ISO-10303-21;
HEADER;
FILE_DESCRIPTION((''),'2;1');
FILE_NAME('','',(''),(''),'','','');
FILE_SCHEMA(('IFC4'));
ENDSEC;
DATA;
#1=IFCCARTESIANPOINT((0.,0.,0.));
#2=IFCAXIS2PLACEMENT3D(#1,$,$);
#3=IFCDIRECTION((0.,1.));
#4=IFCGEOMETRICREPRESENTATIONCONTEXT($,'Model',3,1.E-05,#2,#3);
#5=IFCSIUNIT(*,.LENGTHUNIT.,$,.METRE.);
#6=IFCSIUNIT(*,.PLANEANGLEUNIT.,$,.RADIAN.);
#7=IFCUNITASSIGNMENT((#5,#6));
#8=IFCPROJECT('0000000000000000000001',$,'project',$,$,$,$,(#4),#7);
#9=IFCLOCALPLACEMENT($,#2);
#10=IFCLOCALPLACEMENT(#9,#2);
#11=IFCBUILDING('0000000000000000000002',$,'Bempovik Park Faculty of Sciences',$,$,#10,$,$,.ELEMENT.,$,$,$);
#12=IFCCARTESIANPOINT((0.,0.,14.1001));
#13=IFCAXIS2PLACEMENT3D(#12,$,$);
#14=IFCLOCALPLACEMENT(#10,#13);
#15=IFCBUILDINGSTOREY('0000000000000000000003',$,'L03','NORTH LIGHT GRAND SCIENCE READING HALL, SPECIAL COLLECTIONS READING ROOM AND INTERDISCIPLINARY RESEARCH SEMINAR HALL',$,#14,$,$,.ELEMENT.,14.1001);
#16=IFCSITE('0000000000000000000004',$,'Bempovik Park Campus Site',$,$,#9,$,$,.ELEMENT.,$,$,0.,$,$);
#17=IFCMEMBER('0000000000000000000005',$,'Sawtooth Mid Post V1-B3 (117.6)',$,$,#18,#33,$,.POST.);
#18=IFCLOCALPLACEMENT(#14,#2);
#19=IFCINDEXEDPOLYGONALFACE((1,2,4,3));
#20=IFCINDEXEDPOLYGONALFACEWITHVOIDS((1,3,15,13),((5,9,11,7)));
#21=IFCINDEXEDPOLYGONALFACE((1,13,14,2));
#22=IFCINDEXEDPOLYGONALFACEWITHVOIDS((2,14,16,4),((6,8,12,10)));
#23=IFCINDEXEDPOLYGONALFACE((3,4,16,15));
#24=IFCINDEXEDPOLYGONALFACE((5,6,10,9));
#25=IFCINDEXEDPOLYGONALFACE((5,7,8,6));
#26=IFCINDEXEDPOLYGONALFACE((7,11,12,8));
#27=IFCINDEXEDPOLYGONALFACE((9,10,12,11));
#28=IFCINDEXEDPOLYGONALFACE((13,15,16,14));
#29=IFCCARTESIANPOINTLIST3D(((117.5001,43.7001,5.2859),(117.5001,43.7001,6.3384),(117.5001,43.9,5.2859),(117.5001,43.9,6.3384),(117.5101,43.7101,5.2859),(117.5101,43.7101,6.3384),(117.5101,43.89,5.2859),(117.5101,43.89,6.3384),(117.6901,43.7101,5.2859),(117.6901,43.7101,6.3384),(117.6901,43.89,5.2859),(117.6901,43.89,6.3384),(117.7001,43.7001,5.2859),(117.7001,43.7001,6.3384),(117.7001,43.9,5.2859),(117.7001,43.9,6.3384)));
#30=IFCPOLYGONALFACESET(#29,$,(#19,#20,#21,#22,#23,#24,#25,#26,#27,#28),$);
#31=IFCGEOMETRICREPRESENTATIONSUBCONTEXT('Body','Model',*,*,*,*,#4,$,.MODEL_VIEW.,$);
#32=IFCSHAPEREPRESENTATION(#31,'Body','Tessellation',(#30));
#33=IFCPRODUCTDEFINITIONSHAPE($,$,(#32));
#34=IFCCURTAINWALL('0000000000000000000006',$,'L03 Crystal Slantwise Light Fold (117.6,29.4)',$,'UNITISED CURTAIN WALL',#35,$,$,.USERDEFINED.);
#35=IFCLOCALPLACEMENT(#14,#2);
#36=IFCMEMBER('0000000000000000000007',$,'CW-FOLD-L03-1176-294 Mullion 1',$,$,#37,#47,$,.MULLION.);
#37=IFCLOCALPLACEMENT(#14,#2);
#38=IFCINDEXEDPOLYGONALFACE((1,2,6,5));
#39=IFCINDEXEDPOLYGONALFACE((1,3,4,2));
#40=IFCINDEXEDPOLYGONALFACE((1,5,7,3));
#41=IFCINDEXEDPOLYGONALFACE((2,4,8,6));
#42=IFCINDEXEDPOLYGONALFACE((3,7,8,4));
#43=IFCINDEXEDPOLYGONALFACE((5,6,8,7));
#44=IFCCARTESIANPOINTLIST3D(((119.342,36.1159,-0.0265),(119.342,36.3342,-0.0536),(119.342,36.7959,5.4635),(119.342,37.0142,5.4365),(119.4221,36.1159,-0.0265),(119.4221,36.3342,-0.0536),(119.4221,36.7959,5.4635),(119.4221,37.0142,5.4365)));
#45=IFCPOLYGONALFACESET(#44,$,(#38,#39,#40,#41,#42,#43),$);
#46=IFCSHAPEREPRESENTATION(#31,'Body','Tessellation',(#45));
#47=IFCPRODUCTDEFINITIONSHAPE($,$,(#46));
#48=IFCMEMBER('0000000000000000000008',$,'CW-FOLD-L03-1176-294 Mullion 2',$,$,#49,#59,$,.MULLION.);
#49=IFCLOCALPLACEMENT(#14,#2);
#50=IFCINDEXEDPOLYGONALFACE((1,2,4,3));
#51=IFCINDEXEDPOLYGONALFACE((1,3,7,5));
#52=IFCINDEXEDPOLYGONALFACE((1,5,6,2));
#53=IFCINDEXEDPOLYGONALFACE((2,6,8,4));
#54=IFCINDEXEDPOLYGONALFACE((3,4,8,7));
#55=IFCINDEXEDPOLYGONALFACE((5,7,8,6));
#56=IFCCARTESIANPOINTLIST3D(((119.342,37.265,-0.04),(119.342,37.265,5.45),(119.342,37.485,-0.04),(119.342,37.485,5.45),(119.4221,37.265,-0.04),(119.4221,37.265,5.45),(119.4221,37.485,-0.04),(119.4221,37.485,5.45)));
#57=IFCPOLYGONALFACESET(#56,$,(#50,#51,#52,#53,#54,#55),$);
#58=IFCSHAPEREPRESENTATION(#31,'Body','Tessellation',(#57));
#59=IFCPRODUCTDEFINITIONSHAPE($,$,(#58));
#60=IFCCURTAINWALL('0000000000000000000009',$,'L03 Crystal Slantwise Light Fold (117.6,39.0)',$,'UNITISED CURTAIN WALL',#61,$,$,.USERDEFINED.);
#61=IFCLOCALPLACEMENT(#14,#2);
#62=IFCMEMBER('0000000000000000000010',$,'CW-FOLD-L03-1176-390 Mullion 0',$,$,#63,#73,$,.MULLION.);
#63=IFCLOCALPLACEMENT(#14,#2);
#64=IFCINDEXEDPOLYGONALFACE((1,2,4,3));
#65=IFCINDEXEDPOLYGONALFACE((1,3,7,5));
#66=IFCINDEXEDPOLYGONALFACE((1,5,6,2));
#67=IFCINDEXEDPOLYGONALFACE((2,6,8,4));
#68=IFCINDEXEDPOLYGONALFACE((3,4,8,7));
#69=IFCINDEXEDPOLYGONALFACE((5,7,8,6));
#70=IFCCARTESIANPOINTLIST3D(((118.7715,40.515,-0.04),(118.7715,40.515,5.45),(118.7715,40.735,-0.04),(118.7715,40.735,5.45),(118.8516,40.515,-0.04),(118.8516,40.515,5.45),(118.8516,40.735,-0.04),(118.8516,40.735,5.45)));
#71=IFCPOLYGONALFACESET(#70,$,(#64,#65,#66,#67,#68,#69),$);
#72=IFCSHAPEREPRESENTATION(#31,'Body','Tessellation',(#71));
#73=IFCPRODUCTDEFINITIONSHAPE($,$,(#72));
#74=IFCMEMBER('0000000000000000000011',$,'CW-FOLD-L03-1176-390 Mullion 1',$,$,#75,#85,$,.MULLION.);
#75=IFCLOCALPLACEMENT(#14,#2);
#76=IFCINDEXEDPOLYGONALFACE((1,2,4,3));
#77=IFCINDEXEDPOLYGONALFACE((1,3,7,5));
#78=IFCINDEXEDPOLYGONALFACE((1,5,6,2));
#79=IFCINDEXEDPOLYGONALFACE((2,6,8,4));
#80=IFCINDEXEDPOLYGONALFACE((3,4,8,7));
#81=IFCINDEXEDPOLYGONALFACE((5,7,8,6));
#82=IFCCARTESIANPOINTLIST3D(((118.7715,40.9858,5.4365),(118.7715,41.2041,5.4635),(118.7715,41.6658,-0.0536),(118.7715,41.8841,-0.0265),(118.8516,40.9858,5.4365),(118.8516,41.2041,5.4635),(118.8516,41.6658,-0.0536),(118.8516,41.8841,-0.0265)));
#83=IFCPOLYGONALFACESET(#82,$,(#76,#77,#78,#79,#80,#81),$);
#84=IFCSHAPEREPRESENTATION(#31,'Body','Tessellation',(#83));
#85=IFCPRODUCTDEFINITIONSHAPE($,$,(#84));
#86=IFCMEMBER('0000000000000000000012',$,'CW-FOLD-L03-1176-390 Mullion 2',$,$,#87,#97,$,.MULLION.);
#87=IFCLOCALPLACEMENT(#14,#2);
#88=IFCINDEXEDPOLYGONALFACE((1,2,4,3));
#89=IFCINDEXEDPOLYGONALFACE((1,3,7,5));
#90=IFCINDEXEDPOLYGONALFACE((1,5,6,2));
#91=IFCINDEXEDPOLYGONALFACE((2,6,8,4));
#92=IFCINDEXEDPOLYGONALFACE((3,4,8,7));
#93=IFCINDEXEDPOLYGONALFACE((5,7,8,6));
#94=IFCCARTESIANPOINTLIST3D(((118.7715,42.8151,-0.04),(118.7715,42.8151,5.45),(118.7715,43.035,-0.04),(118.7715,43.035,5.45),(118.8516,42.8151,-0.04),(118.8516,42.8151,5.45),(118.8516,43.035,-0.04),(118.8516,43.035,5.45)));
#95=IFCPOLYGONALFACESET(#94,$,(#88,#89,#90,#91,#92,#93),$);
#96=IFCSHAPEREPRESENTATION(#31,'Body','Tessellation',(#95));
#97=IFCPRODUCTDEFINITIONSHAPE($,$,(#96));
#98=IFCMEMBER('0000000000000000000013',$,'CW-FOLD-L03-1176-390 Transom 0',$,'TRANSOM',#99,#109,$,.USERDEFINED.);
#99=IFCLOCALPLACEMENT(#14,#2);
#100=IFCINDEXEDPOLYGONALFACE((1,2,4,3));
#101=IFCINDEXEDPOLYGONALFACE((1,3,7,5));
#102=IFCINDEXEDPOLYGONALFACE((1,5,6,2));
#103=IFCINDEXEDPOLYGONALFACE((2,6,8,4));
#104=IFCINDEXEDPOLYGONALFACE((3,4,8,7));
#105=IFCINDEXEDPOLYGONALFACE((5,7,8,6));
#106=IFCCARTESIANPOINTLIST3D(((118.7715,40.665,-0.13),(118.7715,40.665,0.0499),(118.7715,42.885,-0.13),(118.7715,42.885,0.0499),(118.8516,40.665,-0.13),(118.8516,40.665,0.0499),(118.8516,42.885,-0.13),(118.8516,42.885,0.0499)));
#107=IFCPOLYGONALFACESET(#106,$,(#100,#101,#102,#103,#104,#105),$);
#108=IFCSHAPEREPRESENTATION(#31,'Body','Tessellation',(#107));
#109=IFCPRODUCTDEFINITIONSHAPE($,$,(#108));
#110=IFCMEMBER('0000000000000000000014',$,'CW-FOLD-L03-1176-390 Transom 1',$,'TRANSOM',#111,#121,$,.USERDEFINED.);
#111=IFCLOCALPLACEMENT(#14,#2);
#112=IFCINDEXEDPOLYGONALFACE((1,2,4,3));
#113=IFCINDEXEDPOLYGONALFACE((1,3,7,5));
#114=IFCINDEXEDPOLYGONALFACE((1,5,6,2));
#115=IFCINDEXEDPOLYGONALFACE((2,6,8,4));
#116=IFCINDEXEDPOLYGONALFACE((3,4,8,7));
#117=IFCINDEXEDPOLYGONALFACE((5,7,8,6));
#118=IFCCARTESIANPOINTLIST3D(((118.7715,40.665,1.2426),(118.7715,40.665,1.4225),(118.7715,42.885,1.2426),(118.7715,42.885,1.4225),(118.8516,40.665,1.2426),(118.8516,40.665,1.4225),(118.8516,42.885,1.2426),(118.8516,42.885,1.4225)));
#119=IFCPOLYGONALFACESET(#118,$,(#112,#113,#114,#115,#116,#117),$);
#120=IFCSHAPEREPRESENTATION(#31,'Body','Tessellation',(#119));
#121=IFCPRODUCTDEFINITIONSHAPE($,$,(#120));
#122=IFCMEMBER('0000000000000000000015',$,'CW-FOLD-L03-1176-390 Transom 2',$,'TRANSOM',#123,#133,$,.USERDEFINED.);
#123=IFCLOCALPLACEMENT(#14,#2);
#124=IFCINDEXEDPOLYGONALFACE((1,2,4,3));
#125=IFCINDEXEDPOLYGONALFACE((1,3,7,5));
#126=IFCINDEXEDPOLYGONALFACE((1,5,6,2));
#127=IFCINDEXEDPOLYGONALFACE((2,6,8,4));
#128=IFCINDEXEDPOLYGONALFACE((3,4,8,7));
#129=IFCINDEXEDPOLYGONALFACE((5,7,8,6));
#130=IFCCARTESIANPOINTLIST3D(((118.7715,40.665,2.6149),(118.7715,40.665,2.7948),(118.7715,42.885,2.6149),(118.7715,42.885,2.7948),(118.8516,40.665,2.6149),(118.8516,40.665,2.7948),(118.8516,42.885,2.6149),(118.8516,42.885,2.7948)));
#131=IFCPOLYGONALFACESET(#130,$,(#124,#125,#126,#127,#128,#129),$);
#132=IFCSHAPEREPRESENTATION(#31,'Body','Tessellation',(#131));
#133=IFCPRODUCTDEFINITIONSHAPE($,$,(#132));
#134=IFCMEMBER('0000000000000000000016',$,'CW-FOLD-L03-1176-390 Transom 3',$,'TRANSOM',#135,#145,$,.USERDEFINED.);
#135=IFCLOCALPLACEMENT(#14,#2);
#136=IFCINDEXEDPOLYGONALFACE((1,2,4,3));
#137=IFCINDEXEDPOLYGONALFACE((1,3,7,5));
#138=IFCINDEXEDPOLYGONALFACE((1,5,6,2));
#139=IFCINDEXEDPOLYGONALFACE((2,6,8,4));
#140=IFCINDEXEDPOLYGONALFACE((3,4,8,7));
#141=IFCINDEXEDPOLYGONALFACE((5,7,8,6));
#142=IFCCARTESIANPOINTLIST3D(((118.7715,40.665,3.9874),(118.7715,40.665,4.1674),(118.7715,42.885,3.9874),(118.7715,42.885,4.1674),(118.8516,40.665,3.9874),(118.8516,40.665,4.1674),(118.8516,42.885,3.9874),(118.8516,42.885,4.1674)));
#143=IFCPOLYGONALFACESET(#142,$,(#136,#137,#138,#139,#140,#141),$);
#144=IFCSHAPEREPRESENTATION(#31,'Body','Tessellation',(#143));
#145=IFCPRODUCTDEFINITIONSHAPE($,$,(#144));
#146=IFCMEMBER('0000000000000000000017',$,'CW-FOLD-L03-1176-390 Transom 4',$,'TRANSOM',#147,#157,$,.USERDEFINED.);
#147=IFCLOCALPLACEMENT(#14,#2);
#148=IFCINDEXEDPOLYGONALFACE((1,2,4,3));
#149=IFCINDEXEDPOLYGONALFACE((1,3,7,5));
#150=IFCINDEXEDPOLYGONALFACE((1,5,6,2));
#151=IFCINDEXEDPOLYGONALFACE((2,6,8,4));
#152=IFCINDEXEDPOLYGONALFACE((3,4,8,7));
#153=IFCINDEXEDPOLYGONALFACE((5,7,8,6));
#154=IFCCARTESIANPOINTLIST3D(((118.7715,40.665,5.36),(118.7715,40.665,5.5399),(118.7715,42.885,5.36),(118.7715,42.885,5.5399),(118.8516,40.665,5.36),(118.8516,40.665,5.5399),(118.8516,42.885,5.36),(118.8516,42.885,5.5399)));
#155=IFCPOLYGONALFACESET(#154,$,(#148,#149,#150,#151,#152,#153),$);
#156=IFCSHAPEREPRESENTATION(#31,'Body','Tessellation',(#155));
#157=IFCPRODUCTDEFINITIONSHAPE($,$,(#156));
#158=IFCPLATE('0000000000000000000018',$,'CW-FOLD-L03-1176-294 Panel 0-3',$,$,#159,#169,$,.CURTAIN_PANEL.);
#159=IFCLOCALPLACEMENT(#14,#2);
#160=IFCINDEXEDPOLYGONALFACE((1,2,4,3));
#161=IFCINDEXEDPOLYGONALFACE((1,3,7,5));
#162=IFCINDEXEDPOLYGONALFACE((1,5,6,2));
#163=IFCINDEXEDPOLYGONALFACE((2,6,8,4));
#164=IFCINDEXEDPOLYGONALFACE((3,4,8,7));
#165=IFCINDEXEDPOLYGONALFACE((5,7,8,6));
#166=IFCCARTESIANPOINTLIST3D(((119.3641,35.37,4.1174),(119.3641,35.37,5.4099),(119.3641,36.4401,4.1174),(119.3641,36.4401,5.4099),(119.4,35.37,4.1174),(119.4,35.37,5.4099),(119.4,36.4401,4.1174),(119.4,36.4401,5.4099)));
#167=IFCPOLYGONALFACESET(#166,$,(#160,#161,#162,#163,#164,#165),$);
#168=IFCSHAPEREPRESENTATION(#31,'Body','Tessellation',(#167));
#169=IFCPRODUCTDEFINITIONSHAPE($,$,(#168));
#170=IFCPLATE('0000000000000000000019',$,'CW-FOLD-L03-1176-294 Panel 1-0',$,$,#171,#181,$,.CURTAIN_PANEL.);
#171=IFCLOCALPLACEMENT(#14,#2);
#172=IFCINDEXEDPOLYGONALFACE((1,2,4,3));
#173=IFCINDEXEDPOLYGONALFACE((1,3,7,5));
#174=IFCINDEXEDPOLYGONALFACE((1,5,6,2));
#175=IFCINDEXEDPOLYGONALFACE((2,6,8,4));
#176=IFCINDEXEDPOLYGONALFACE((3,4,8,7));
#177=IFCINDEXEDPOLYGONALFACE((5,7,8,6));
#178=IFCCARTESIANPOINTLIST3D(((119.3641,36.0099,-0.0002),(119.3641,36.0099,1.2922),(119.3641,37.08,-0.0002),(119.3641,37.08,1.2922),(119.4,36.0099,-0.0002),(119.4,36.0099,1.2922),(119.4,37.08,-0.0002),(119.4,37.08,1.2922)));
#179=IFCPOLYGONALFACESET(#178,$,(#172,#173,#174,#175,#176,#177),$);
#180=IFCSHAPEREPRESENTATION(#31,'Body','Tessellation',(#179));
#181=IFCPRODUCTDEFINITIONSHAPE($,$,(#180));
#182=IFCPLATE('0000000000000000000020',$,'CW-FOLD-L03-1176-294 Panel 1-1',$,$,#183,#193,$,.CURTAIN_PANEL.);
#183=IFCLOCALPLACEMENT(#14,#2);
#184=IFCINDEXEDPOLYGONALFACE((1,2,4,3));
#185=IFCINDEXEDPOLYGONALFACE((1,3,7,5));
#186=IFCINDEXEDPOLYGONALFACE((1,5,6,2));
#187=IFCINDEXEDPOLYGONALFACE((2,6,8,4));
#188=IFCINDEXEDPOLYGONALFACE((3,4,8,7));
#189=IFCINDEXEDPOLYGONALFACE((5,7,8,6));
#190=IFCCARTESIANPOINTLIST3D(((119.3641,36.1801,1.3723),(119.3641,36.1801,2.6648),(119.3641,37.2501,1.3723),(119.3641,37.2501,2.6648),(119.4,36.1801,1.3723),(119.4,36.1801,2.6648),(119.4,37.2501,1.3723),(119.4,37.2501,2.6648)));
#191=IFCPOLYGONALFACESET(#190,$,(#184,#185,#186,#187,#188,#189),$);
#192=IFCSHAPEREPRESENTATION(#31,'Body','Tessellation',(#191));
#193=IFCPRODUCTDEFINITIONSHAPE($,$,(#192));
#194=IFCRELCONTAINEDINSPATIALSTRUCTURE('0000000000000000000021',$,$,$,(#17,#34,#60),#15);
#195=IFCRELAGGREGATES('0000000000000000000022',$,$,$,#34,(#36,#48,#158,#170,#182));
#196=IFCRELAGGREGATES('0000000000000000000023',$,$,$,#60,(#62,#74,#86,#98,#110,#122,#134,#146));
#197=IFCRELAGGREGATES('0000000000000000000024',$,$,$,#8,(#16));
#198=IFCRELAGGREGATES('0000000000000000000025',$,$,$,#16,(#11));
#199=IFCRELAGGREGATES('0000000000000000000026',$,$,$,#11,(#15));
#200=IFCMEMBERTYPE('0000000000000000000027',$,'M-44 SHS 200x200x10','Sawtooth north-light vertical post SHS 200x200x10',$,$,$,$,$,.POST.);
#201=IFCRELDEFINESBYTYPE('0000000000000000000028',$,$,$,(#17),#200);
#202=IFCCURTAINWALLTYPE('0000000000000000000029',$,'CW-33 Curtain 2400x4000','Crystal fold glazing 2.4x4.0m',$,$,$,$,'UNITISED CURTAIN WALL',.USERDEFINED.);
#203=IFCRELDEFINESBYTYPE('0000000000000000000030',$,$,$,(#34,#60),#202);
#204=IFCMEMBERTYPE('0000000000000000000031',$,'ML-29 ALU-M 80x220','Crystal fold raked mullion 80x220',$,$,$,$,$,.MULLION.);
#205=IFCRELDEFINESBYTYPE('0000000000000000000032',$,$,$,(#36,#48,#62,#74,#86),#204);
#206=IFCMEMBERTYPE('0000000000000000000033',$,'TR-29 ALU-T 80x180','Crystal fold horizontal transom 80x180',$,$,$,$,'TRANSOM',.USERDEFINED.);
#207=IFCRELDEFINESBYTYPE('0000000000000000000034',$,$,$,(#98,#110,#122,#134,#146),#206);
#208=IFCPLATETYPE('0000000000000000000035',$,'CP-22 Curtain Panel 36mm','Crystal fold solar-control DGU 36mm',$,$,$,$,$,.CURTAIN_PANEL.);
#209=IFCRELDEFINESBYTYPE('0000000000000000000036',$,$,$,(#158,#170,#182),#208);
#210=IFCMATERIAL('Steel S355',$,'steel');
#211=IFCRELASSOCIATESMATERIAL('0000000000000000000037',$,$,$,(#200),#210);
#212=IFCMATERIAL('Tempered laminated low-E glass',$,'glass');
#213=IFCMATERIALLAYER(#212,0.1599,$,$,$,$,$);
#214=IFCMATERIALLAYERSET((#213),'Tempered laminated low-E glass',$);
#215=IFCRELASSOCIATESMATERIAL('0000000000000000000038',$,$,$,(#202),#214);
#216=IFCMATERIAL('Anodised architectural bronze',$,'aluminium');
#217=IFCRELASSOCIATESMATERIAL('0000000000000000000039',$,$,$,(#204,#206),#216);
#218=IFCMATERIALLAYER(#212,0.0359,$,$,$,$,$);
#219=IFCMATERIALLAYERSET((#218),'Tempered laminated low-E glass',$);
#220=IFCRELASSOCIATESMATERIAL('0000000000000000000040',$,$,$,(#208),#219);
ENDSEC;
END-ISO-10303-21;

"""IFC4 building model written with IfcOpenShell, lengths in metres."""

from ifc_helpers import new_model, si_unit, direction, frame, origin, origin_2d, place, context, subcontext, project, spatial, rectangle, hollow_rectangle, extrude, material, layer, layer_set, material_profile, profile_set, type_object, element, aggregate, save


model = new_model("IFC4")

# Units and contexts
model_context = context("Model", 3, precision=1e-05, world=origin(), true_north=direction((0.0, 1.0)))
body_context = subcontext(model_context, "Body", "Model", "MODEL_VIEW")
ifc_project = project(units=[si_unit("LENGTHUNIT", "METRE"), si_unit("PLANEANGLEUNIT", "RADIAN")], contexts=[model_context])

# Site, building, storey
site_placement = place(None, origin())
site = spatial("IfcSite", under=ifc_project, at=site_placement, Name="Bempovik Park Campus Site", CompositionType="ELEMENT", RefElevation=0.0)
building_placement = place(site_placement, origin())
building = spatial("IfcBuilding", under=site, at=building_placement, Name="Bempovik Park Faculty of Sciences", CompositionType="ELEMENT")
storey_placement = place(building_placement, frame((0.0, 0.0, 14.1001)))
storey = spatial("IfcBuildingStorey", under=building, at=storey_placement, Name="L03", Description="NORTH LIGHT GRAND SCIENCE READING HALL, SPECIAL COLLECTIONS READING ROOM AND INTERDISCIPLINARY RESEARCH SEMINAR HALL", CompositionType="ELEMENT", Elevation=14.1001)

# Member
ifc_material_1 = material(Name="Steel S355", Category="steel")
ifc_material_profile_1 = material_profile(ifc_material_1, hollow_rectangle(XDim=0.2, YDim=0.2, WallThickness=0.01, at=origin_2d()), Name="SHS 200x200x10")
ifc_profile_set_1 = profile_set([ifc_material_profile_1], Name="Steel S355")
member_type_1 = type_object("IfcMemberType", Name="M-44 SHS 200x200x10", Description="Sawtooth north-light vertical post SHS 200x200x10", PredefinedType="POST", material=ifc_profile_set_1)
member_1_placement = place(storey_placement, frame((117.6001, 43.8, 5.2859), z_axis=(0.0, 0.0, 1.0), x_axis=(1.0, 0.0, 0.0)))
element("IfcMember", 1, at=member_1_placement, inside=storey, type_object=member_type_1, Name="Sawtooth Mid Post V1-B3 (117.6)", PredefinedType="POST", context=body_context, shape_type="SweptSolid", body=[
    extrude(hollow_rectangle(XDim=0.2, YDim=0.2, WallThickness=0.01, at=origin_2d()), origin(), (0.0, 0.0, 1.0), 1.0525),
])

# Curtain walls, members
ifc_material_2 = material(Name="Tempered laminated low-E glass", Category="glass")
ifc_layer_1 = layer(ifc_material_2, 0.1599)
ifc_layer_set_1 = layer_set([ifc_layer_1], Name="Tempered laminated low-E glass")
curtain_wall_type = type_object("IfcCurtainWallType", Name="CW-33 Curtain 2400x4000", Description="Crystal fold glazing 2.4x4.0m", ElementType="UNITISED CURTAIN WALL", PredefinedType="USERDEFINED", material=ifc_layer_set_1)
curtain_wall_1_placement = place(storey_placement, origin())
curtain_wall_1 = element("IfcCurtainWall", 2, at=curtain_wall_1_placement, inside=storey, type_object=curtain_wall_type, Name="L03 Crystal Slantwise Light Fold (117.6,29.4)", ObjectType="UNITISED CURTAIN WALL", PredefinedType="USERDEFINED")
ifc_material_3 = material(Name="Anodised architectural bronze", Category="aluminium")
ifc_material_profile_2 = material_profile(ifc_material_3, rectangle(XDim=0.0801, YDim=0.22, at=origin_2d()), Name="ALU-M 80x220")
ifc_profile_set_2 = profile_set([ifc_material_profile_2], Name="Anodised architectural bronze")
member_type_2 = type_object("IfcMemberType", Name="ML-29 ALU-M 80x220", Description="Crystal fold raked mullion 80x220", PredefinedType="MULLION", material=ifc_profile_set_2)
member_2_placement = place(storey_placement, frame((119.3821, 36.2251, -0.04), z_axis=(0.0, 0.12291, 0.992418), x_axis=(-1.0, 0.0, 0.0)))
member_2 = element("IfcMember", 3, at=member_2_placement, type_object=member_type_2, Name="CW-FOLD-L03-1176-294 Mullion 1", PredefinedType="MULLION", context=body_context, shape_type="SweptSolid", body=[
    extrude(rectangle(XDim=0.0801, YDim=0.22, at=origin_2d()), origin(), (0.0, 0.0, 1.0), 5.532),
])
member_3_placement = place(storey_placement, frame((119.3821, 37.375, -0.04), z_axis=(0.0, 0.0, 1.0), x_axis=(1.0, 0.0, 0.0)))
member_3 = element("IfcMember", 4, at=member_3_placement, type_object=member_type_2, Name="CW-FOLD-L03-1176-294 Mullion 2", PredefinedType="MULLION", context=body_context, shape_type="SweptSolid", body=[
    extrude(rectangle(XDim=0.0801, YDim=0.22, at=origin_2d()), origin(), (0.0, 0.0, 1.0), 5.49),
])
curtain_wall_2_placement = place(storey_placement, origin())
curtain_wall_2 = element("IfcCurtainWall", 5, at=curtain_wall_2_placement, inside=storey, type_object=curtain_wall_type, Name="L03 Crystal Slantwise Light Fold (117.6,39.0)", ObjectType="UNITISED CURTAIN WALL", PredefinedType="USERDEFINED")
member_4_placement = place(storey_placement, frame((118.8115, 40.625, -0.04), z_axis=(0.0, 0.0, 1.0), x_axis=(1.0, 0.0, 0.0)))
member_4 = element("IfcMember", 6, at=member_4_placement, type_object=member_type_2, Name="CW-FOLD-L03-1176-390 Mullion 0", PredefinedType="MULLION", context=body_context, shape_type="SweptSolid", body=[
    extrude(rectangle(XDim=0.0801, YDim=0.22, at=origin_2d()), origin(), (0.0, 0.0, 1.0), 5.49),
])
member_5_placement = place(storey_placement, frame((118.8115, 41.7749, -0.04), z_axis=(0.0, -0.12291, 0.992418), x_axis=(1.0, 0.0, 0.0)))
member_5 = element("IfcMember", 7, at=member_5_placement, type_object=member_type_2, Name="CW-FOLD-L03-1176-390 Mullion 1", PredefinedType="MULLION", context=body_context, shape_type="SweptSolid", body=[
    extrude(rectangle(XDim=0.0801, YDim=0.22, at=origin_2d()), origin(), (0.0, 0.0, 1.0), 5.532),
])
member_6_placement = place(storey_placement, frame((118.8115, 42.925, -0.04), z_axis=(0.0, 0.0, 1.0), x_axis=(1.0, 0.0, 0.0)))
member_6 = element("IfcMember", 8, at=member_6_placement, type_object=member_type_2, Name="CW-FOLD-L03-1176-390 Mullion 2", PredefinedType="MULLION", context=body_context, shape_type="SweptSolid", body=[
    extrude(rectangle(XDim=0.0801, YDim=0.22, at=origin_2d()), origin(), (0.0, 0.0, 1.0), 5.49),
])
ifc_material_profile_3 = material_profile(ifc_material_3, rectangle(XDim=0.0801, YDim=0.1799, at=origin_2d()), Name="ALU-T 80x180")
ifc_profile_set_3 = profile_set([ifc_material_profile_3], Name="Anodised architectural bronze")
member_type_3 = type_object("IfcMemberType", Name="TR-29 ALU-T 80x180", Description="Crystal fold horizontal transom 80x180", ElementType="TRANSOM", PredefinedType="USERDEFINED", material=ifc_profile_set_3)
member_7_placement = place(storey_placement, frame((118.8115, 40.665, -0.04), z_axis=(0.0, 1.0, 0.0), x_axis=(-1.0, 0.0, 0.0)))
member_7 = element("IfcMember", 9, at=member_7_placement, type_object=member_type_3, Name="CW-FOLD-L03-1176-390 Transom 0", ObjectType="TRANSOM", PredefinedType="USERDEFINED", context=body_context, shape_type="SweptSolid", body=[
    extrude(rectangle(XDim=0.0801, YDim=0.1799, at=origin_2d()), origin(), (0.0, 0.0, 1.0), 2.22),
])
member_8_placement = place(storey_placement, frame((118.8115, 40.665, 1.3325), z_axis=(0.0, 1.0, 0.0), x_axis=(-1.0, 0.0, 0.0)))
member_8 = element("IfcMember", 10, at=member_8_placement, type_object=member_type_3, Name="CW-FOLD-L03-1176-390 Transom 1", ObjectType="TRANSOM", PredefinedType="USERDEFINED", context=body_context, shape_type="SweptSolid", body=[
    extrude(rectangle(XDim=0.0801, YDim=0.1799, at=origin_2d()), origin(), (0.0, 0.0, 1.0), 2.22),
])
member_9_placement = place(storey_placement, frame((118.8115, 40.665, 2.7048), z_axis=(0.0, 1.0, 0.0), x_axis=(-1.0, 0.0, 0.0)))
member_9 = element("IfcMember", 11, at=member_9_placement, type_object=member_type_3, Name="CW-FOLD-L03-1176-390 Transom 2", ObjectType="TRANSOM", PredefinedType="USERDEFINED", context=body_context, shape_type="SweptSolid", body=[
    extrude(rectangle(XDim=0.0801, YDim=0.1799, at=origin_2d()), origin(), (0.0, 0.0, 1.0), 2.22),
])
member_10_placement = place(storey_placement, frame((118.8115, 40.665, 4.0774), z_axis=(0.0, 1.0, 0.0), x_axis=(-1.0, 0.0, 0.0)))
member_10 = element("IfcMember", 12, at=member_10_placement, type_object=member_type_3, Name="CW-FOLD-L03-1176-390 Transom 3", ObjectType="TRANSOM", PredefinedType="USERDEFINED", context=body_context, shape_type="SweptSolid", body=[
    extrude(rectangle(XDim=0.0801, YDim=0.1799, at=origin_2d()), origin(), (0.0, 0.0, 1.0), 2.22),
])
member_11_placement = place(storey_placement, frame((118.8115, 40.665, 5.45), z_axis=(0.0, 1.0, 0.0), x_axis=(-1.0, 0.0, 0.0)))
member_11 = element("IfcMember", 13, at=member_11_placement, type_object=member_type_3, Name="CW-FOLD-L03-1176-390 Transom 4", ObjectType="TRANSOM", PredefinedType="USERDEFINED", context=body_context, shape_type="SweptSolid", body=[
    extrude(rectangle(XDim=0.0801, YDim=0.1799, at=origin_2d()), origin(), (0.0, 0.0, 1.0), 2.22),
])

# Plates
ifc_layer_2 = layer(ifc_material_2, 0.0359)
ifc_layer_set_2 = layer_set([ifc_layer_2], Name="Tempered laminated low-E glass")
plate_type_1 = type_object("IfcPlateType", Name="CP-22 Curtain Panel 36mm", Description="Crystal fold solar-control DGU 36mm", PredefinedType="CURTAIN_PANEL", material=ifc_layer_set_2)
plate_1_placement = place(storey_placement, frame((119.3821, 35.905, 4.1174), z_axis=(0.0, 0.0, 1.0), x_axis=(0.0, 1.0, 0.0)))
plate_1 = element("IfcPlate", 14, at=plate_1_placement, type_object=plate_type_1, Name="CW-FOLD-L03-1176-294 Panel 0-3", PredefinedType="CURTAIN_PANEL", context=body_context, shape_type="SweptSolid", body=[
    extrude(rectangle(XDim=1.0701, YDim=0.0359, at=origin_2d()), origin(), (0.0, 0.0, 1.0), 1.2925),
])
plate_2_placement = place(storey_placement, frame((119.3821, 36.5449, -0.0002), z_axis=(0.0, 0.0, 1.0), x_axis=(0.0, 1.0, 0.0)))
plate_2 = element("IfcPlate", 15, at=plate_2_placement, type_object=plate_type_1, Name="CW-FOLD-L03-1176-294 Panel 1-0", PredefinedType="CURTAIN_PANEL", context=body_context, shape_type="SweptSolid", body=[
    extrude(rectangle(XDim=1.0701, YDim=0.0359, at=origin_2d()), origin(), (0.0, 0.0, 1.0), 1.2925),
])
plate_3_placement = place(storey_placement, frame((119.3821, 36.7151, 1.3723), z_axis=(0.0, 0.0, 1.0), x_axis=(0.0, 1.0, 0.0)))
plate_3 = element("IfcPlate", 16, at=plate_3_placement, type_object=plate_type_1, Name="CW-FOLD-L03-1176-294 Panel 1-1", PredefinedType="CURTAIN_PANEL", context=body_context, shape_type="SweptSolid", body=[
    extrude(rectangle(XDim=1.0701, YDim=0.0359, at=origin_2d()), origin(), (0.0, 0.0, 1.0), 1.2925),
])
aggregate(curtain_wall_1, [member_2, member_3, plate_1, plate_2, plate_3])
aggregate(curtain_wall_2, [member_4, member_5, member_6, member_7, member_8, member_9, member_10, member_11])

save(model, "model.ifc")
